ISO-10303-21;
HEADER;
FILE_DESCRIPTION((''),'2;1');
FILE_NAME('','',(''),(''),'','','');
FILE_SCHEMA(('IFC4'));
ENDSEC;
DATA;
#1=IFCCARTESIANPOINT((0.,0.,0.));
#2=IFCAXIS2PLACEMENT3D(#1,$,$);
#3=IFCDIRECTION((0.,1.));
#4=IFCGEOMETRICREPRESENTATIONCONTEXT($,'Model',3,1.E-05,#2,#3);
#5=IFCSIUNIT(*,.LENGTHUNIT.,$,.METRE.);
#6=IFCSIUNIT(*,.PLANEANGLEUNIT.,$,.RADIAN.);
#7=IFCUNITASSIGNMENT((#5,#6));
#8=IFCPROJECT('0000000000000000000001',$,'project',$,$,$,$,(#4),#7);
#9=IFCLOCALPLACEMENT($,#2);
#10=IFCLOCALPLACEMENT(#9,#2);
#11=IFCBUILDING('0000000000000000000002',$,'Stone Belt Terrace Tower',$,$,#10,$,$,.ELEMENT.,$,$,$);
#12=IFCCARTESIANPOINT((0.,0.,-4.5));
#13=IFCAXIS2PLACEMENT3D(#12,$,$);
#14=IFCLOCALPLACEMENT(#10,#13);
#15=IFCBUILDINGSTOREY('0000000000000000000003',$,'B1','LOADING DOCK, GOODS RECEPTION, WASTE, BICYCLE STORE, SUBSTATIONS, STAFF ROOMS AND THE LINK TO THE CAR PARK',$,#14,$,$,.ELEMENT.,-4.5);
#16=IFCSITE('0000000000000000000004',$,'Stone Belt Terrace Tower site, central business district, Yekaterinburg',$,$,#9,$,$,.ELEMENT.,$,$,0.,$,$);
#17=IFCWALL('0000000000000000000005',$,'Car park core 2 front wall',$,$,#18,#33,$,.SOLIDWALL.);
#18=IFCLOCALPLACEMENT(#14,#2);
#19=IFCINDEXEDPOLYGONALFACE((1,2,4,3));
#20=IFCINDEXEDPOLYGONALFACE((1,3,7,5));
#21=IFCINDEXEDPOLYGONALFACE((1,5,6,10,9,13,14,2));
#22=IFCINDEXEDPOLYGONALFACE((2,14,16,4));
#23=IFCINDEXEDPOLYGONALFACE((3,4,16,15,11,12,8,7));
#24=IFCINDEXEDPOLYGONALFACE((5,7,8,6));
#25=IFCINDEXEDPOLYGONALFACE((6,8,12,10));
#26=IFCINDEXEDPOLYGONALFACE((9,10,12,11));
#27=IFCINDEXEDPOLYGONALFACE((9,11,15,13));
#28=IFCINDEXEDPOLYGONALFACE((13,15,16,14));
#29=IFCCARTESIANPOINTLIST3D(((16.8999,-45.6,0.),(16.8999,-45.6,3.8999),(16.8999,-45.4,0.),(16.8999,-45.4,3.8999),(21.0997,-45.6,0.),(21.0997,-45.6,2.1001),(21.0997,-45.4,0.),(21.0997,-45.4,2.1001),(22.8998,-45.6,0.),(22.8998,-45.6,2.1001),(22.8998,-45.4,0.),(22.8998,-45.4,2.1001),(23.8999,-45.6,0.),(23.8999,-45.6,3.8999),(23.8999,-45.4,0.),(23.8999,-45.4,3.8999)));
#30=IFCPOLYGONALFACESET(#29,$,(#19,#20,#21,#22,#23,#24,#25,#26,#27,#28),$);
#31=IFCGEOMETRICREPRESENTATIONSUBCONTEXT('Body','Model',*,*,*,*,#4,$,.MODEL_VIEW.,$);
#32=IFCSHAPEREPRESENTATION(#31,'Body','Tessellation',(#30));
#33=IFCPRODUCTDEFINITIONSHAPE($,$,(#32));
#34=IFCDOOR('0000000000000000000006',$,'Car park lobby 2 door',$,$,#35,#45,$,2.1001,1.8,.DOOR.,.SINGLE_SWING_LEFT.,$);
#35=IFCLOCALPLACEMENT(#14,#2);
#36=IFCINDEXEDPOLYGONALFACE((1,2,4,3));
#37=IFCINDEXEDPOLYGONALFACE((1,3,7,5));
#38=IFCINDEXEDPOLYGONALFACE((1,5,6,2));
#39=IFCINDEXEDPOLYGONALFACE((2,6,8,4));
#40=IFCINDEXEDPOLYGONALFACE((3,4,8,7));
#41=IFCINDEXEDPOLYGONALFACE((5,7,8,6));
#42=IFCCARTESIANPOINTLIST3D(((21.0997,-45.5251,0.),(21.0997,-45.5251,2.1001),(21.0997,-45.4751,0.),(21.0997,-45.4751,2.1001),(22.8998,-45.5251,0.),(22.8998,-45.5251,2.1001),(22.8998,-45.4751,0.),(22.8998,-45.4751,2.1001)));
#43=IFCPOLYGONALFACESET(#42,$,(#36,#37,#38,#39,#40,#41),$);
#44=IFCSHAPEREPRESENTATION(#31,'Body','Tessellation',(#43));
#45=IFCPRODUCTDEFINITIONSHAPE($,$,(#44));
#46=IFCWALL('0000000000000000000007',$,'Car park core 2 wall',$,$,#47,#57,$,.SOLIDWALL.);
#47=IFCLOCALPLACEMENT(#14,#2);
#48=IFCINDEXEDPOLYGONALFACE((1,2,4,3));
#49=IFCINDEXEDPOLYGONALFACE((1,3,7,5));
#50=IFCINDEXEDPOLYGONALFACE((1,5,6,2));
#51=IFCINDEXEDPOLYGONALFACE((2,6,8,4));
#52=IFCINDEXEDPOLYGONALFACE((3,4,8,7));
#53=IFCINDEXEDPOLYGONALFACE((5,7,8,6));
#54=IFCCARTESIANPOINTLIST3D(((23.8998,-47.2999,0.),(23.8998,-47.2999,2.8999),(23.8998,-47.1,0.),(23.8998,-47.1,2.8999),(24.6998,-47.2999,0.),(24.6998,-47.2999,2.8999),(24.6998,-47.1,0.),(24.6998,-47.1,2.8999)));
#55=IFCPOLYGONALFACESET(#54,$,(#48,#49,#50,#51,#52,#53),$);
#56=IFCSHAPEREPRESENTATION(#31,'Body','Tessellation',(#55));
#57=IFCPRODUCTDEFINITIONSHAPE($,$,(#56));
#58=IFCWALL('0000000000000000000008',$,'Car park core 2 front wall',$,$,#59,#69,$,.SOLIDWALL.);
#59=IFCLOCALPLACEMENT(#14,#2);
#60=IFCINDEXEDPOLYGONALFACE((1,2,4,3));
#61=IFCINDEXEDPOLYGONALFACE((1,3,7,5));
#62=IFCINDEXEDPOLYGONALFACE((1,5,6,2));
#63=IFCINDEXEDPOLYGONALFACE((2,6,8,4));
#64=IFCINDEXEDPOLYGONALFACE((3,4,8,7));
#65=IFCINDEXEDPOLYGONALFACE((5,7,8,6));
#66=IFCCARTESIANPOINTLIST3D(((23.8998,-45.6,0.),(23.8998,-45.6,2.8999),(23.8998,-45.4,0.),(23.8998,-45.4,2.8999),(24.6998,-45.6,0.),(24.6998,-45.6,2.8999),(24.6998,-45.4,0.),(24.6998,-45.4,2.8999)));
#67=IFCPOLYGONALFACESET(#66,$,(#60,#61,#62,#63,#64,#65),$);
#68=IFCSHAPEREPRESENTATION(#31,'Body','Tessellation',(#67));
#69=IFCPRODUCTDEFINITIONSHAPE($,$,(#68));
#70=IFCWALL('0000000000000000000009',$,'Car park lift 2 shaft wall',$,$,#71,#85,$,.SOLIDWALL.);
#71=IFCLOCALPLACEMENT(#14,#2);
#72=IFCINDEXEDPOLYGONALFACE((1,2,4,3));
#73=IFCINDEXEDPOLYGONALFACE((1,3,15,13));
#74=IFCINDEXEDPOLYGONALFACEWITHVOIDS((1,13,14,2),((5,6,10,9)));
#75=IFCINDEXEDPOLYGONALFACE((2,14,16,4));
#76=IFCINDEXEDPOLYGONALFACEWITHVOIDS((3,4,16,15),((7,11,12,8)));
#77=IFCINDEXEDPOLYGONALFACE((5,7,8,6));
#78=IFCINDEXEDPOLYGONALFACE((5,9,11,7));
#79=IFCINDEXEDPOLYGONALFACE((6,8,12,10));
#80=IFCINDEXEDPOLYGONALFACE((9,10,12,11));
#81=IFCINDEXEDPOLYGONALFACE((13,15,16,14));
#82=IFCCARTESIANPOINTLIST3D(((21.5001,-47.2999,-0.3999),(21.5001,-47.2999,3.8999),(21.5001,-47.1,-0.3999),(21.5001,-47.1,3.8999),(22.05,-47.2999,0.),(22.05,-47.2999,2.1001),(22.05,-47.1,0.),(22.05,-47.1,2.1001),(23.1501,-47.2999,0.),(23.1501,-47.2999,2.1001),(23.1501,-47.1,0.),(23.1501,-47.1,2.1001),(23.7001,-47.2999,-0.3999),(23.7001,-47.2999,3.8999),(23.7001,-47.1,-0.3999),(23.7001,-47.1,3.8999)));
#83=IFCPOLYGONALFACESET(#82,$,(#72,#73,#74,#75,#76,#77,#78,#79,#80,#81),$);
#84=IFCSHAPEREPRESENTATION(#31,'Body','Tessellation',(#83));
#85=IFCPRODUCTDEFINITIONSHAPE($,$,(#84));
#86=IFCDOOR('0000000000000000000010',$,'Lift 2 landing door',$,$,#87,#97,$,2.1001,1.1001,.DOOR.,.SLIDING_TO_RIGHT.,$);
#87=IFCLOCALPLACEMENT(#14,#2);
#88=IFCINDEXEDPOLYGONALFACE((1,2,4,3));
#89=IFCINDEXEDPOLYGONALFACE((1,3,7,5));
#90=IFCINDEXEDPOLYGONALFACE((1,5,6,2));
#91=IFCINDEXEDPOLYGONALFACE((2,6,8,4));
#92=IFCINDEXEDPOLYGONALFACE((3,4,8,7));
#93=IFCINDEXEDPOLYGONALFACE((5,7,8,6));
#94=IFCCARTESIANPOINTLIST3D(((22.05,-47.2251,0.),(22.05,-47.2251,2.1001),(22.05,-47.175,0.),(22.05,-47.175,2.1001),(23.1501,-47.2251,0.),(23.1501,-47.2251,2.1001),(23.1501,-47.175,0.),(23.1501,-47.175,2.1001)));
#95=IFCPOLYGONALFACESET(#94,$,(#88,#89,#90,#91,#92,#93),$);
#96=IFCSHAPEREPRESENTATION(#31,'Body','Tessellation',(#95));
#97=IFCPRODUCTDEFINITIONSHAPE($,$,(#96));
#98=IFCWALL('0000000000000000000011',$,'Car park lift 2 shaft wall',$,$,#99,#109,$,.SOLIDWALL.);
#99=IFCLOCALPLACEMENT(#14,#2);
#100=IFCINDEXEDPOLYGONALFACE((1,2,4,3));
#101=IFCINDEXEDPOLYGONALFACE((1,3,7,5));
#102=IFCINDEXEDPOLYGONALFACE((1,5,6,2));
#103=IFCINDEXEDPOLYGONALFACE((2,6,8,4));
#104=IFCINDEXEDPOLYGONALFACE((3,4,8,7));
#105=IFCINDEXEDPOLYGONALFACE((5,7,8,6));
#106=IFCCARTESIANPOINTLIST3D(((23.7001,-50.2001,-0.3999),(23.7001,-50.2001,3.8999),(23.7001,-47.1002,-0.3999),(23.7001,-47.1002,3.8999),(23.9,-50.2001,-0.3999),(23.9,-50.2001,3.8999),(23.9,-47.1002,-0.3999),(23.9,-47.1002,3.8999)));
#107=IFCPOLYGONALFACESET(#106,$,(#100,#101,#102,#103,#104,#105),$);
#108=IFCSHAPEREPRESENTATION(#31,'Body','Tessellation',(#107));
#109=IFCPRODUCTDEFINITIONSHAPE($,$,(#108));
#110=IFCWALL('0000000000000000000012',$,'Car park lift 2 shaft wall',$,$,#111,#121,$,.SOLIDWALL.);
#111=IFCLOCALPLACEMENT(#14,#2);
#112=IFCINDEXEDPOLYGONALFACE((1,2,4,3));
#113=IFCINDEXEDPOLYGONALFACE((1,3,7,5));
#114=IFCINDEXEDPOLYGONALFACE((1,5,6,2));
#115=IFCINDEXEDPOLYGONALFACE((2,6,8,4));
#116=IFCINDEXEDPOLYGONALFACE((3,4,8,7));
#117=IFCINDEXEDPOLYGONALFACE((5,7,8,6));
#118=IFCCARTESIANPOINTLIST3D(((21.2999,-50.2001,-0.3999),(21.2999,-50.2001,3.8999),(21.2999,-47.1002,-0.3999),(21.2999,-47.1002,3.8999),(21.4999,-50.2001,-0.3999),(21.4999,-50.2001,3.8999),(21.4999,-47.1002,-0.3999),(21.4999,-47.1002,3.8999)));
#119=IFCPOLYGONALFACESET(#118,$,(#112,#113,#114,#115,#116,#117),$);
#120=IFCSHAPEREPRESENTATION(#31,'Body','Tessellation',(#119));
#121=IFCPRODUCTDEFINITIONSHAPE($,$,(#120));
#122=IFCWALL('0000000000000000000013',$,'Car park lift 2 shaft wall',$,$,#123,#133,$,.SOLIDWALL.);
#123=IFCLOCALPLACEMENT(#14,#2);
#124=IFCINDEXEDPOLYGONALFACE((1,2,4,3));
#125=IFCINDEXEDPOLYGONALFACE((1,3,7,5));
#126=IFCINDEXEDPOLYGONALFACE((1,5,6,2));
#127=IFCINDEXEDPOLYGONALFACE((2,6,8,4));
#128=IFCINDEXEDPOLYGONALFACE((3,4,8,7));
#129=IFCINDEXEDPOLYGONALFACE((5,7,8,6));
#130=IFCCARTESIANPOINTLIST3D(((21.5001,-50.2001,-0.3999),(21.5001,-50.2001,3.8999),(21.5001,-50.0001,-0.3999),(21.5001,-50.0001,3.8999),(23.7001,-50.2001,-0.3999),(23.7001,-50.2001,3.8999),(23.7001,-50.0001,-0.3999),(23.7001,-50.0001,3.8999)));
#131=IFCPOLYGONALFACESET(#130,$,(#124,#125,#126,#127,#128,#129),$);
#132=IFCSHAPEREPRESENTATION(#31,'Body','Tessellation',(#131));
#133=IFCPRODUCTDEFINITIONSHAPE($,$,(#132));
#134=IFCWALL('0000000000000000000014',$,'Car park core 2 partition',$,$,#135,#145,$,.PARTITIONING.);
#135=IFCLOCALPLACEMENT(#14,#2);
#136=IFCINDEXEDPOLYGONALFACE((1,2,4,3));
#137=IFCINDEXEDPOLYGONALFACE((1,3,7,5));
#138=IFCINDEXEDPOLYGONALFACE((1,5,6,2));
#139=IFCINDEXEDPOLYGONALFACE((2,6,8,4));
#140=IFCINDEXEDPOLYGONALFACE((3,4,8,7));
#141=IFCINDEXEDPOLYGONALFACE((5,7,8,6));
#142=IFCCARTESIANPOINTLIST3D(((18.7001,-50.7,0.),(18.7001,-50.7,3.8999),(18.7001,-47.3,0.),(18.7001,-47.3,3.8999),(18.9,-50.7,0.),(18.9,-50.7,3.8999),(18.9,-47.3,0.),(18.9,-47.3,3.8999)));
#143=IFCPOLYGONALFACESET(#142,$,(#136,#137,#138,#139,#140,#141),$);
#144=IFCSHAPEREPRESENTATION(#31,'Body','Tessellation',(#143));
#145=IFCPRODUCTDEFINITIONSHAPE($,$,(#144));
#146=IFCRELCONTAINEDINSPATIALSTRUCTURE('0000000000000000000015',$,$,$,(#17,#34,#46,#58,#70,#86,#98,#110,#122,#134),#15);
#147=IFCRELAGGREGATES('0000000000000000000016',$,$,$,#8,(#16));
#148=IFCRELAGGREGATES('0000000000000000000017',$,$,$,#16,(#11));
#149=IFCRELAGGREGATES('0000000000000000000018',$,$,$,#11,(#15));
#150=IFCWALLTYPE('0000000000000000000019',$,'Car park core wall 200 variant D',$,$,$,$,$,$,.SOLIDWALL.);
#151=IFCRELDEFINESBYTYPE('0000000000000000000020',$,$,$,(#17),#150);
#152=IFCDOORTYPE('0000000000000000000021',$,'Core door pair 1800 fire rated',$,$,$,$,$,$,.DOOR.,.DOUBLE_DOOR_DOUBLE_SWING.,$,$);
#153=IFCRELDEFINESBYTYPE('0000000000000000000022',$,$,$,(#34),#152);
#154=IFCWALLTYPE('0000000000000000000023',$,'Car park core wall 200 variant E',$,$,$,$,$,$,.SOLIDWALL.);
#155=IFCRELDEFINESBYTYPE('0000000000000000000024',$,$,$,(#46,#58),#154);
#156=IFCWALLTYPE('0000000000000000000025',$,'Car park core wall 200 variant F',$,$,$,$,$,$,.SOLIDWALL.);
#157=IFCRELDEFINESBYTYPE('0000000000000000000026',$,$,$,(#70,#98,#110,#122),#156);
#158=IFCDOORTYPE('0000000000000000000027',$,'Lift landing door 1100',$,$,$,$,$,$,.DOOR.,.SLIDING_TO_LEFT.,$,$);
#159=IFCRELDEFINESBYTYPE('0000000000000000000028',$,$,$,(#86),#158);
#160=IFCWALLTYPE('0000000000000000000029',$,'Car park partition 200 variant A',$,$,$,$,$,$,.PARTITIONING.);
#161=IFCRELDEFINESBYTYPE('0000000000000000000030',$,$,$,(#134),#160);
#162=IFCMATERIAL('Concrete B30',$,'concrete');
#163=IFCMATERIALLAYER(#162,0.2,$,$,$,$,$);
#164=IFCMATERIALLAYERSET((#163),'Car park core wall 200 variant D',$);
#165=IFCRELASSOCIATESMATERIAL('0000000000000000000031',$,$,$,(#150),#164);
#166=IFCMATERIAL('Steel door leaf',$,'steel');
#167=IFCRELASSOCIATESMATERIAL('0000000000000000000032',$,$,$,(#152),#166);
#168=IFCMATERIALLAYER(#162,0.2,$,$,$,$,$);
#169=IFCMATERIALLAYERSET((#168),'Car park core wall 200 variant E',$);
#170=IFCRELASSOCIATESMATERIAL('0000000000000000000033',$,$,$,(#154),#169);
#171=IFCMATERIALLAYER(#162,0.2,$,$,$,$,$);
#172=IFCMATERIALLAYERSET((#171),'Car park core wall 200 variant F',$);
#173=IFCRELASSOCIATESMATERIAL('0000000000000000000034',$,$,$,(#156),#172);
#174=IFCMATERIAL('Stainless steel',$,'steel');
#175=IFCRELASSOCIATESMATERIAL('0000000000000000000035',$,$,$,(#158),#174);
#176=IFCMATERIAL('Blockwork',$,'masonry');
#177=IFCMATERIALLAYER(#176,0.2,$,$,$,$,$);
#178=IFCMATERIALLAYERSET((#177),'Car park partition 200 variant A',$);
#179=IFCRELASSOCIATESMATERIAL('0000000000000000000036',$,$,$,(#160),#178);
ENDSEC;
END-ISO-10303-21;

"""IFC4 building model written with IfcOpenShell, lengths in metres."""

from ifc_helpers import new_model, si_unit, direction, frame, frame_2d, origin, place, context, subcontext, project, spatial, rectangle, extrude, material, layer, layer_set, type_object, element, fill, save


model = new_model("IFC4")

# Units and contexts
model_context = context("Model", 3, precision=1e-05, world=origin(), true_north=direction((0.0, 1.0)))
body_context = subcontext(model_context, "Body", "Model", "MODEL_VIEW")
ifc_project = project(units=[si_unit("LENGTHUNIT", "METRE"), si_unit("PLANEANGLEUNIT", "RADIAN")], contexts=[model_context])

# Site, building, storey
site_placement = place(None, origin())
site = spatial("IfcSite", under=ifc_project, at=site_placement, Name="Stone Belt Terrace Tower site, central business district, Yekaterinburg", CompositionType="ELEMENT", RefElevation=0.0)
building_placement = place(site_placement, origin())
building = spatial("IfcBuilding", under=site, at=building_placement, Name="Stone Belt Terrace Tower", CompositionType="ELEMENT")
storey_placement = place(building_placement, frame((0.0, 0.0, -4.5)))
storey = spatial("IfcBuildingStorey", under=building, at=storey_placement, Name="B1", Description="LOADING DOCK, GOODS RECEPTION, WASTE, BICYCLE STORE, SUBSTATIONS, STAFF ROOMS AND THE LINK TO THE CAR PARK", CompositionType="ELEMENT", Elevation=-4.5)

# Shared definitions
ifc_material_1 = material(Name="Concrete B30", Category="concrete")
ifc_layer_1 = layer(ifc_material_1, 0.2)
ifc_layer_set_1 = layer_set([ifc_layer_1], Name="Car park core wall 200 variant D")
wall_type_1 = type_object("IfcWallType", Name="Car park core wall 200 variant D", PredefinedType="SOLIDWALL", material=ifc_layer_set_1)
ifc_material_2 = material(Name="Steel door leaf", Category="steel")

# Wall, opening, door
wall_1_placement = place(storey_placement, frame((16.8999, -45.5, 0.0), z_axis=(0.0, 0.0, 1.0), x_axis=(1.0, 0.0, 0.0)))
wall_1 = element("IfcWall", 1, at=wall_1_placement, inside=storey, type_object=wall_type_1, Name="Car park core 2 front wall", PredefinedType="SOLIDWALL", context=body_context, shape_type="SweptSolid", body=[
    extrude(rectangle(XDim=7.0, YDim=0.2, at=frame_2d((3.5, 0.0))), origin(), (0.0, 0.0, 1.0), 3.8999),
])
opening_1_placement = place(wall_1_placement, frame((4.2, 0.0, 0.0)))
opening_1 = element("IfcOpeningElement", 2, at=opening_1_placement, cuts=wall_1, PredefinedType="OPENING", context=body_context, shape_type="SweptSolid", body=[
    extrude(rectangle(XDim=1.8, YDim=2.1001, at=frame_2d((0.8999, 1.05))), frame((0.0, 0.1099, 0.0), z_axis=(0.0, -1.0, 0.0), x_axis=(1.0, 0.0, 0.0)), (0.0, 0.0, 1.0), 0.22),
])
door_type_1 = type_object("IfcDoorType", Name="Core door pair 1800 fire rated", OperationType="DOUBLE_DOOR_DOUBLE_SWING", PredefinedType="DOOR", material=ifc_material_2)
door_1_placement = place(opening_1_placement, origin())
door_1 = element("IfcDoor", 3, at=door_1_placement, inside=storey, type_object=door_type_1, Name="Car park lobby 2 door", OperationType="SINGLE_SWING_LEFT", OverallHeight=2.1001, OverallWidth=1.8, PredefinedType="DOOR", context=body_context, shape_type="SweptSolid", body=[
    extrude(rectangle(XDim=1.8, YDim=2.1001, at=frame_2d((0.8999, 1.05))), frame((0.0, 0.0249, 0.0), z_axis=(0.0, -1.0, 0.0), x_axis=(1.0, 0.0, 0.0)), (0.0, 0.0, 1.0), 0.05),
])
fill(opening_1, door_1)

# Walls
ifc_layer_2 = layer(ifc_material_1, 0.2)
ifc_layer_set_2 = layer_set([ifc_layer_2], Name="Car park core wall 200 variant E")
wall_type_2 = type_object("IfcWallType", Name="Car park core wall 200 variant E", PredefinedType="SOLIDWALL", material=ifc_layer_set_2)
for number, where, z_axis, x_axis, name in (
    (4, (23.8999, -47.2, 0.0), (0.0, 0.0, 1.0), (1.0, 0.0, 0.0), "Car park core 2 wall"),
    (5, (23.8999, -45.5, 0.0), (0.0, 0.0, 1.0), (1.0, 0.0, 0.0), "Car park core 2 front wall"),
):
    element("IfcWall", number, at=place(storey_placement, frame(where, z_axis=z_axis, x_axis=x_axis)), inside=storey, type_object=wall_type_2, Name=name, PredefinedType="SOLIDWALL", context=body_context, shape_type="SweptSolid", body=[
        extrude(rectangle(XDim=0.8, YDim=0.2, at=frame_2d((0.3999, 0.0))), origin(), (0.0, 0.0, 1.0), 2.8999),
    ])

# Wall, opening, door
ifc_layer_3 = layer(ifc_material_1, 0.2)
ifc_layer_set_3 = layer_set([ifc_layer_3], Name="Car park core wall 200 variant F")
wall_type_3 = type_object("IfcWallType", Name="Car park core wall 200 variant F", PredefinedType="SOLIDWALL", material=ifc_layer_set_3)
wall_2_placement = place(storey_placement, frame((21.5, -47.2, -0.3999), z_axis=(0.0, 0.0, 1.0), x_axis=(1.0, 0.0, 0.0)))
wall_2 = element("IfcWall", 6, at=wall_2_placement, inside=storey, type_object=wall_type_3, Name="Car park lift 2 shaft wall", PredefinedType="SOLIDWALL", context=body_context, shape_type="SweptSolid", body=[
    extrude(rectangle(XDim=2.2, YDim=0.2, at=frame_2d((1.1001, 0.0))), origin(), (0.0, 0.0, 1.0), 4.2998),
])
opening_2_placement = place(wall_2_placement, frame((0.55, 0.0, 0.3999)))
opening_2 = element("IfcOpeningElement", 7, at=opening_2_placement, cuts=wall_2, PredefinedType="OPENING", context=body_context, shape_type="SweptSolid", body=[
    extrude(rectangle(XDim=1.1001, YDim=2.1001, at=frame_2d((0.55, 1.05))), frame((0.0, 0.1099, 0.0), z_axis=(0.0, -1.0, 0.0), x_axis=(1.0, 0.0, 0.0)), (0.0, 0.0, 1.0), 0.22),
])
ifc_material_3 = material(Name="Stainless steel", Category="steel")
door_type_2 = type_object("IfcDoorType", Name="Lift landing door 1100", OperationType="SLIDING_TO_LEFT", PredefinedType="DOOR", material=ifc_material_3)
door_2_placement = place(opening_2_placement, origin())
door_2 = element("IfcDoor", 8, at=door_2_placement, inside=storey, type_object=door_type_2, Name="Lift 2 landing door", OperationType="SLIDING_TO_RIGHT", OverallHeight=2.1001, OverallWidth=1.1001, PredefinedType="DOOR", context=body_context, shape_type="SweptSolid", body=[
    extrude(rectangle(XDim=1.1001, YDim=2.1001, at=frame_2d((0.55, 1.05))), frame((0.0, 0.0249, 0.0), z_axis=(0.0, -1.0, 0.0), x_axis=(1.0, 0.0, 0.0)), (0.0, 0.0, 1.0), 0.05),
])
fill(opening_2, door_2)

# Walls
for number, where, z_axis, x_axis, name in (
    (9, (23.8, -50.2, -0.3999), (0.0, 0.0, 1.0), (0.0, 1.0, 0.0), "Car park lift 2 shaft wall"),
    (10, (21.3999, -50.2, -0.3999), (0.0, 0.0, 1.0), (0.0, 1.0, 0.0), "Car park lift 2 shaft wall"),
):
    element("IfcWall", number, at=place(storey_placement, frame(where, z_axis=z_axis, x_axis=x_axis)), inside=storey, type_object=wall_type_3, Name=name, PredefinedType="SOLIDWALL", context=body_context, shape_type="SweptSolid", body=[
        extrude(rectangle(XDim=3.0999, YDim=0.2, at=frame_2d((1.5498, 0.0))), origin(), (0.0, 0.0, 1.0), 4.2998),
    ])
wall_3_placement = place(storey_placement, frame((21.5, -50.1001, -0.3999), z_axis=(0.0, 0.0, 1.0), x_axis=(1.0, 0.0, 0.0)))
element("IfcWall", 11, at=wall_3_placement, inside=storey, type_object=wall_type_3, Name="Car park lift 2 shaft wall", PredefinedType="SOLIDWALL", context=body_context, shape_type="SweptSolid", body=[
    extrude(rectangle(XDim=2.2, YDim=0.2, at=frame_2d((1.1001, 0.0))), origin(), (0.0, 0.0, 1.0), 4.2998),
])
ifc_material_4 = material(Name="Blockwork", Category="masonry")
ifc_layer_4 = layer(ifc_material_4, 0.2)
ifc_layer_set_4 = layer_set([ifc_layer_4], Name="Car park partition 200 variant A")
wall_type_4 = type_object("IfcWallType", Name="Car park partition 200 variant A", PredefinedType="PARTITIONING", material=ifc_layer_set_4)
wall_4_placement = place(storey_placement, frame((18.8, -50.7, 0.0), z_axis=(0.0, 0.0, 1.0), x_axis=(0.0, 1.0, 0.0)))
element("IfcWall", 12, at=wall_4_placement, inside=storey, type_object=wall_type_4, Name="Car park core 2 partition", PredefinedType="PARTITIONING", context=body_context, shape_type="SweptSolid", body=[
    extrude(rectangle(XDim=3.3999, YDim=0.2, at=frame_2d((1.7, 0.0))), origin(), (0.0, 0.0, 1.0), 3.8999),
])

save(model, "model.ifc")
